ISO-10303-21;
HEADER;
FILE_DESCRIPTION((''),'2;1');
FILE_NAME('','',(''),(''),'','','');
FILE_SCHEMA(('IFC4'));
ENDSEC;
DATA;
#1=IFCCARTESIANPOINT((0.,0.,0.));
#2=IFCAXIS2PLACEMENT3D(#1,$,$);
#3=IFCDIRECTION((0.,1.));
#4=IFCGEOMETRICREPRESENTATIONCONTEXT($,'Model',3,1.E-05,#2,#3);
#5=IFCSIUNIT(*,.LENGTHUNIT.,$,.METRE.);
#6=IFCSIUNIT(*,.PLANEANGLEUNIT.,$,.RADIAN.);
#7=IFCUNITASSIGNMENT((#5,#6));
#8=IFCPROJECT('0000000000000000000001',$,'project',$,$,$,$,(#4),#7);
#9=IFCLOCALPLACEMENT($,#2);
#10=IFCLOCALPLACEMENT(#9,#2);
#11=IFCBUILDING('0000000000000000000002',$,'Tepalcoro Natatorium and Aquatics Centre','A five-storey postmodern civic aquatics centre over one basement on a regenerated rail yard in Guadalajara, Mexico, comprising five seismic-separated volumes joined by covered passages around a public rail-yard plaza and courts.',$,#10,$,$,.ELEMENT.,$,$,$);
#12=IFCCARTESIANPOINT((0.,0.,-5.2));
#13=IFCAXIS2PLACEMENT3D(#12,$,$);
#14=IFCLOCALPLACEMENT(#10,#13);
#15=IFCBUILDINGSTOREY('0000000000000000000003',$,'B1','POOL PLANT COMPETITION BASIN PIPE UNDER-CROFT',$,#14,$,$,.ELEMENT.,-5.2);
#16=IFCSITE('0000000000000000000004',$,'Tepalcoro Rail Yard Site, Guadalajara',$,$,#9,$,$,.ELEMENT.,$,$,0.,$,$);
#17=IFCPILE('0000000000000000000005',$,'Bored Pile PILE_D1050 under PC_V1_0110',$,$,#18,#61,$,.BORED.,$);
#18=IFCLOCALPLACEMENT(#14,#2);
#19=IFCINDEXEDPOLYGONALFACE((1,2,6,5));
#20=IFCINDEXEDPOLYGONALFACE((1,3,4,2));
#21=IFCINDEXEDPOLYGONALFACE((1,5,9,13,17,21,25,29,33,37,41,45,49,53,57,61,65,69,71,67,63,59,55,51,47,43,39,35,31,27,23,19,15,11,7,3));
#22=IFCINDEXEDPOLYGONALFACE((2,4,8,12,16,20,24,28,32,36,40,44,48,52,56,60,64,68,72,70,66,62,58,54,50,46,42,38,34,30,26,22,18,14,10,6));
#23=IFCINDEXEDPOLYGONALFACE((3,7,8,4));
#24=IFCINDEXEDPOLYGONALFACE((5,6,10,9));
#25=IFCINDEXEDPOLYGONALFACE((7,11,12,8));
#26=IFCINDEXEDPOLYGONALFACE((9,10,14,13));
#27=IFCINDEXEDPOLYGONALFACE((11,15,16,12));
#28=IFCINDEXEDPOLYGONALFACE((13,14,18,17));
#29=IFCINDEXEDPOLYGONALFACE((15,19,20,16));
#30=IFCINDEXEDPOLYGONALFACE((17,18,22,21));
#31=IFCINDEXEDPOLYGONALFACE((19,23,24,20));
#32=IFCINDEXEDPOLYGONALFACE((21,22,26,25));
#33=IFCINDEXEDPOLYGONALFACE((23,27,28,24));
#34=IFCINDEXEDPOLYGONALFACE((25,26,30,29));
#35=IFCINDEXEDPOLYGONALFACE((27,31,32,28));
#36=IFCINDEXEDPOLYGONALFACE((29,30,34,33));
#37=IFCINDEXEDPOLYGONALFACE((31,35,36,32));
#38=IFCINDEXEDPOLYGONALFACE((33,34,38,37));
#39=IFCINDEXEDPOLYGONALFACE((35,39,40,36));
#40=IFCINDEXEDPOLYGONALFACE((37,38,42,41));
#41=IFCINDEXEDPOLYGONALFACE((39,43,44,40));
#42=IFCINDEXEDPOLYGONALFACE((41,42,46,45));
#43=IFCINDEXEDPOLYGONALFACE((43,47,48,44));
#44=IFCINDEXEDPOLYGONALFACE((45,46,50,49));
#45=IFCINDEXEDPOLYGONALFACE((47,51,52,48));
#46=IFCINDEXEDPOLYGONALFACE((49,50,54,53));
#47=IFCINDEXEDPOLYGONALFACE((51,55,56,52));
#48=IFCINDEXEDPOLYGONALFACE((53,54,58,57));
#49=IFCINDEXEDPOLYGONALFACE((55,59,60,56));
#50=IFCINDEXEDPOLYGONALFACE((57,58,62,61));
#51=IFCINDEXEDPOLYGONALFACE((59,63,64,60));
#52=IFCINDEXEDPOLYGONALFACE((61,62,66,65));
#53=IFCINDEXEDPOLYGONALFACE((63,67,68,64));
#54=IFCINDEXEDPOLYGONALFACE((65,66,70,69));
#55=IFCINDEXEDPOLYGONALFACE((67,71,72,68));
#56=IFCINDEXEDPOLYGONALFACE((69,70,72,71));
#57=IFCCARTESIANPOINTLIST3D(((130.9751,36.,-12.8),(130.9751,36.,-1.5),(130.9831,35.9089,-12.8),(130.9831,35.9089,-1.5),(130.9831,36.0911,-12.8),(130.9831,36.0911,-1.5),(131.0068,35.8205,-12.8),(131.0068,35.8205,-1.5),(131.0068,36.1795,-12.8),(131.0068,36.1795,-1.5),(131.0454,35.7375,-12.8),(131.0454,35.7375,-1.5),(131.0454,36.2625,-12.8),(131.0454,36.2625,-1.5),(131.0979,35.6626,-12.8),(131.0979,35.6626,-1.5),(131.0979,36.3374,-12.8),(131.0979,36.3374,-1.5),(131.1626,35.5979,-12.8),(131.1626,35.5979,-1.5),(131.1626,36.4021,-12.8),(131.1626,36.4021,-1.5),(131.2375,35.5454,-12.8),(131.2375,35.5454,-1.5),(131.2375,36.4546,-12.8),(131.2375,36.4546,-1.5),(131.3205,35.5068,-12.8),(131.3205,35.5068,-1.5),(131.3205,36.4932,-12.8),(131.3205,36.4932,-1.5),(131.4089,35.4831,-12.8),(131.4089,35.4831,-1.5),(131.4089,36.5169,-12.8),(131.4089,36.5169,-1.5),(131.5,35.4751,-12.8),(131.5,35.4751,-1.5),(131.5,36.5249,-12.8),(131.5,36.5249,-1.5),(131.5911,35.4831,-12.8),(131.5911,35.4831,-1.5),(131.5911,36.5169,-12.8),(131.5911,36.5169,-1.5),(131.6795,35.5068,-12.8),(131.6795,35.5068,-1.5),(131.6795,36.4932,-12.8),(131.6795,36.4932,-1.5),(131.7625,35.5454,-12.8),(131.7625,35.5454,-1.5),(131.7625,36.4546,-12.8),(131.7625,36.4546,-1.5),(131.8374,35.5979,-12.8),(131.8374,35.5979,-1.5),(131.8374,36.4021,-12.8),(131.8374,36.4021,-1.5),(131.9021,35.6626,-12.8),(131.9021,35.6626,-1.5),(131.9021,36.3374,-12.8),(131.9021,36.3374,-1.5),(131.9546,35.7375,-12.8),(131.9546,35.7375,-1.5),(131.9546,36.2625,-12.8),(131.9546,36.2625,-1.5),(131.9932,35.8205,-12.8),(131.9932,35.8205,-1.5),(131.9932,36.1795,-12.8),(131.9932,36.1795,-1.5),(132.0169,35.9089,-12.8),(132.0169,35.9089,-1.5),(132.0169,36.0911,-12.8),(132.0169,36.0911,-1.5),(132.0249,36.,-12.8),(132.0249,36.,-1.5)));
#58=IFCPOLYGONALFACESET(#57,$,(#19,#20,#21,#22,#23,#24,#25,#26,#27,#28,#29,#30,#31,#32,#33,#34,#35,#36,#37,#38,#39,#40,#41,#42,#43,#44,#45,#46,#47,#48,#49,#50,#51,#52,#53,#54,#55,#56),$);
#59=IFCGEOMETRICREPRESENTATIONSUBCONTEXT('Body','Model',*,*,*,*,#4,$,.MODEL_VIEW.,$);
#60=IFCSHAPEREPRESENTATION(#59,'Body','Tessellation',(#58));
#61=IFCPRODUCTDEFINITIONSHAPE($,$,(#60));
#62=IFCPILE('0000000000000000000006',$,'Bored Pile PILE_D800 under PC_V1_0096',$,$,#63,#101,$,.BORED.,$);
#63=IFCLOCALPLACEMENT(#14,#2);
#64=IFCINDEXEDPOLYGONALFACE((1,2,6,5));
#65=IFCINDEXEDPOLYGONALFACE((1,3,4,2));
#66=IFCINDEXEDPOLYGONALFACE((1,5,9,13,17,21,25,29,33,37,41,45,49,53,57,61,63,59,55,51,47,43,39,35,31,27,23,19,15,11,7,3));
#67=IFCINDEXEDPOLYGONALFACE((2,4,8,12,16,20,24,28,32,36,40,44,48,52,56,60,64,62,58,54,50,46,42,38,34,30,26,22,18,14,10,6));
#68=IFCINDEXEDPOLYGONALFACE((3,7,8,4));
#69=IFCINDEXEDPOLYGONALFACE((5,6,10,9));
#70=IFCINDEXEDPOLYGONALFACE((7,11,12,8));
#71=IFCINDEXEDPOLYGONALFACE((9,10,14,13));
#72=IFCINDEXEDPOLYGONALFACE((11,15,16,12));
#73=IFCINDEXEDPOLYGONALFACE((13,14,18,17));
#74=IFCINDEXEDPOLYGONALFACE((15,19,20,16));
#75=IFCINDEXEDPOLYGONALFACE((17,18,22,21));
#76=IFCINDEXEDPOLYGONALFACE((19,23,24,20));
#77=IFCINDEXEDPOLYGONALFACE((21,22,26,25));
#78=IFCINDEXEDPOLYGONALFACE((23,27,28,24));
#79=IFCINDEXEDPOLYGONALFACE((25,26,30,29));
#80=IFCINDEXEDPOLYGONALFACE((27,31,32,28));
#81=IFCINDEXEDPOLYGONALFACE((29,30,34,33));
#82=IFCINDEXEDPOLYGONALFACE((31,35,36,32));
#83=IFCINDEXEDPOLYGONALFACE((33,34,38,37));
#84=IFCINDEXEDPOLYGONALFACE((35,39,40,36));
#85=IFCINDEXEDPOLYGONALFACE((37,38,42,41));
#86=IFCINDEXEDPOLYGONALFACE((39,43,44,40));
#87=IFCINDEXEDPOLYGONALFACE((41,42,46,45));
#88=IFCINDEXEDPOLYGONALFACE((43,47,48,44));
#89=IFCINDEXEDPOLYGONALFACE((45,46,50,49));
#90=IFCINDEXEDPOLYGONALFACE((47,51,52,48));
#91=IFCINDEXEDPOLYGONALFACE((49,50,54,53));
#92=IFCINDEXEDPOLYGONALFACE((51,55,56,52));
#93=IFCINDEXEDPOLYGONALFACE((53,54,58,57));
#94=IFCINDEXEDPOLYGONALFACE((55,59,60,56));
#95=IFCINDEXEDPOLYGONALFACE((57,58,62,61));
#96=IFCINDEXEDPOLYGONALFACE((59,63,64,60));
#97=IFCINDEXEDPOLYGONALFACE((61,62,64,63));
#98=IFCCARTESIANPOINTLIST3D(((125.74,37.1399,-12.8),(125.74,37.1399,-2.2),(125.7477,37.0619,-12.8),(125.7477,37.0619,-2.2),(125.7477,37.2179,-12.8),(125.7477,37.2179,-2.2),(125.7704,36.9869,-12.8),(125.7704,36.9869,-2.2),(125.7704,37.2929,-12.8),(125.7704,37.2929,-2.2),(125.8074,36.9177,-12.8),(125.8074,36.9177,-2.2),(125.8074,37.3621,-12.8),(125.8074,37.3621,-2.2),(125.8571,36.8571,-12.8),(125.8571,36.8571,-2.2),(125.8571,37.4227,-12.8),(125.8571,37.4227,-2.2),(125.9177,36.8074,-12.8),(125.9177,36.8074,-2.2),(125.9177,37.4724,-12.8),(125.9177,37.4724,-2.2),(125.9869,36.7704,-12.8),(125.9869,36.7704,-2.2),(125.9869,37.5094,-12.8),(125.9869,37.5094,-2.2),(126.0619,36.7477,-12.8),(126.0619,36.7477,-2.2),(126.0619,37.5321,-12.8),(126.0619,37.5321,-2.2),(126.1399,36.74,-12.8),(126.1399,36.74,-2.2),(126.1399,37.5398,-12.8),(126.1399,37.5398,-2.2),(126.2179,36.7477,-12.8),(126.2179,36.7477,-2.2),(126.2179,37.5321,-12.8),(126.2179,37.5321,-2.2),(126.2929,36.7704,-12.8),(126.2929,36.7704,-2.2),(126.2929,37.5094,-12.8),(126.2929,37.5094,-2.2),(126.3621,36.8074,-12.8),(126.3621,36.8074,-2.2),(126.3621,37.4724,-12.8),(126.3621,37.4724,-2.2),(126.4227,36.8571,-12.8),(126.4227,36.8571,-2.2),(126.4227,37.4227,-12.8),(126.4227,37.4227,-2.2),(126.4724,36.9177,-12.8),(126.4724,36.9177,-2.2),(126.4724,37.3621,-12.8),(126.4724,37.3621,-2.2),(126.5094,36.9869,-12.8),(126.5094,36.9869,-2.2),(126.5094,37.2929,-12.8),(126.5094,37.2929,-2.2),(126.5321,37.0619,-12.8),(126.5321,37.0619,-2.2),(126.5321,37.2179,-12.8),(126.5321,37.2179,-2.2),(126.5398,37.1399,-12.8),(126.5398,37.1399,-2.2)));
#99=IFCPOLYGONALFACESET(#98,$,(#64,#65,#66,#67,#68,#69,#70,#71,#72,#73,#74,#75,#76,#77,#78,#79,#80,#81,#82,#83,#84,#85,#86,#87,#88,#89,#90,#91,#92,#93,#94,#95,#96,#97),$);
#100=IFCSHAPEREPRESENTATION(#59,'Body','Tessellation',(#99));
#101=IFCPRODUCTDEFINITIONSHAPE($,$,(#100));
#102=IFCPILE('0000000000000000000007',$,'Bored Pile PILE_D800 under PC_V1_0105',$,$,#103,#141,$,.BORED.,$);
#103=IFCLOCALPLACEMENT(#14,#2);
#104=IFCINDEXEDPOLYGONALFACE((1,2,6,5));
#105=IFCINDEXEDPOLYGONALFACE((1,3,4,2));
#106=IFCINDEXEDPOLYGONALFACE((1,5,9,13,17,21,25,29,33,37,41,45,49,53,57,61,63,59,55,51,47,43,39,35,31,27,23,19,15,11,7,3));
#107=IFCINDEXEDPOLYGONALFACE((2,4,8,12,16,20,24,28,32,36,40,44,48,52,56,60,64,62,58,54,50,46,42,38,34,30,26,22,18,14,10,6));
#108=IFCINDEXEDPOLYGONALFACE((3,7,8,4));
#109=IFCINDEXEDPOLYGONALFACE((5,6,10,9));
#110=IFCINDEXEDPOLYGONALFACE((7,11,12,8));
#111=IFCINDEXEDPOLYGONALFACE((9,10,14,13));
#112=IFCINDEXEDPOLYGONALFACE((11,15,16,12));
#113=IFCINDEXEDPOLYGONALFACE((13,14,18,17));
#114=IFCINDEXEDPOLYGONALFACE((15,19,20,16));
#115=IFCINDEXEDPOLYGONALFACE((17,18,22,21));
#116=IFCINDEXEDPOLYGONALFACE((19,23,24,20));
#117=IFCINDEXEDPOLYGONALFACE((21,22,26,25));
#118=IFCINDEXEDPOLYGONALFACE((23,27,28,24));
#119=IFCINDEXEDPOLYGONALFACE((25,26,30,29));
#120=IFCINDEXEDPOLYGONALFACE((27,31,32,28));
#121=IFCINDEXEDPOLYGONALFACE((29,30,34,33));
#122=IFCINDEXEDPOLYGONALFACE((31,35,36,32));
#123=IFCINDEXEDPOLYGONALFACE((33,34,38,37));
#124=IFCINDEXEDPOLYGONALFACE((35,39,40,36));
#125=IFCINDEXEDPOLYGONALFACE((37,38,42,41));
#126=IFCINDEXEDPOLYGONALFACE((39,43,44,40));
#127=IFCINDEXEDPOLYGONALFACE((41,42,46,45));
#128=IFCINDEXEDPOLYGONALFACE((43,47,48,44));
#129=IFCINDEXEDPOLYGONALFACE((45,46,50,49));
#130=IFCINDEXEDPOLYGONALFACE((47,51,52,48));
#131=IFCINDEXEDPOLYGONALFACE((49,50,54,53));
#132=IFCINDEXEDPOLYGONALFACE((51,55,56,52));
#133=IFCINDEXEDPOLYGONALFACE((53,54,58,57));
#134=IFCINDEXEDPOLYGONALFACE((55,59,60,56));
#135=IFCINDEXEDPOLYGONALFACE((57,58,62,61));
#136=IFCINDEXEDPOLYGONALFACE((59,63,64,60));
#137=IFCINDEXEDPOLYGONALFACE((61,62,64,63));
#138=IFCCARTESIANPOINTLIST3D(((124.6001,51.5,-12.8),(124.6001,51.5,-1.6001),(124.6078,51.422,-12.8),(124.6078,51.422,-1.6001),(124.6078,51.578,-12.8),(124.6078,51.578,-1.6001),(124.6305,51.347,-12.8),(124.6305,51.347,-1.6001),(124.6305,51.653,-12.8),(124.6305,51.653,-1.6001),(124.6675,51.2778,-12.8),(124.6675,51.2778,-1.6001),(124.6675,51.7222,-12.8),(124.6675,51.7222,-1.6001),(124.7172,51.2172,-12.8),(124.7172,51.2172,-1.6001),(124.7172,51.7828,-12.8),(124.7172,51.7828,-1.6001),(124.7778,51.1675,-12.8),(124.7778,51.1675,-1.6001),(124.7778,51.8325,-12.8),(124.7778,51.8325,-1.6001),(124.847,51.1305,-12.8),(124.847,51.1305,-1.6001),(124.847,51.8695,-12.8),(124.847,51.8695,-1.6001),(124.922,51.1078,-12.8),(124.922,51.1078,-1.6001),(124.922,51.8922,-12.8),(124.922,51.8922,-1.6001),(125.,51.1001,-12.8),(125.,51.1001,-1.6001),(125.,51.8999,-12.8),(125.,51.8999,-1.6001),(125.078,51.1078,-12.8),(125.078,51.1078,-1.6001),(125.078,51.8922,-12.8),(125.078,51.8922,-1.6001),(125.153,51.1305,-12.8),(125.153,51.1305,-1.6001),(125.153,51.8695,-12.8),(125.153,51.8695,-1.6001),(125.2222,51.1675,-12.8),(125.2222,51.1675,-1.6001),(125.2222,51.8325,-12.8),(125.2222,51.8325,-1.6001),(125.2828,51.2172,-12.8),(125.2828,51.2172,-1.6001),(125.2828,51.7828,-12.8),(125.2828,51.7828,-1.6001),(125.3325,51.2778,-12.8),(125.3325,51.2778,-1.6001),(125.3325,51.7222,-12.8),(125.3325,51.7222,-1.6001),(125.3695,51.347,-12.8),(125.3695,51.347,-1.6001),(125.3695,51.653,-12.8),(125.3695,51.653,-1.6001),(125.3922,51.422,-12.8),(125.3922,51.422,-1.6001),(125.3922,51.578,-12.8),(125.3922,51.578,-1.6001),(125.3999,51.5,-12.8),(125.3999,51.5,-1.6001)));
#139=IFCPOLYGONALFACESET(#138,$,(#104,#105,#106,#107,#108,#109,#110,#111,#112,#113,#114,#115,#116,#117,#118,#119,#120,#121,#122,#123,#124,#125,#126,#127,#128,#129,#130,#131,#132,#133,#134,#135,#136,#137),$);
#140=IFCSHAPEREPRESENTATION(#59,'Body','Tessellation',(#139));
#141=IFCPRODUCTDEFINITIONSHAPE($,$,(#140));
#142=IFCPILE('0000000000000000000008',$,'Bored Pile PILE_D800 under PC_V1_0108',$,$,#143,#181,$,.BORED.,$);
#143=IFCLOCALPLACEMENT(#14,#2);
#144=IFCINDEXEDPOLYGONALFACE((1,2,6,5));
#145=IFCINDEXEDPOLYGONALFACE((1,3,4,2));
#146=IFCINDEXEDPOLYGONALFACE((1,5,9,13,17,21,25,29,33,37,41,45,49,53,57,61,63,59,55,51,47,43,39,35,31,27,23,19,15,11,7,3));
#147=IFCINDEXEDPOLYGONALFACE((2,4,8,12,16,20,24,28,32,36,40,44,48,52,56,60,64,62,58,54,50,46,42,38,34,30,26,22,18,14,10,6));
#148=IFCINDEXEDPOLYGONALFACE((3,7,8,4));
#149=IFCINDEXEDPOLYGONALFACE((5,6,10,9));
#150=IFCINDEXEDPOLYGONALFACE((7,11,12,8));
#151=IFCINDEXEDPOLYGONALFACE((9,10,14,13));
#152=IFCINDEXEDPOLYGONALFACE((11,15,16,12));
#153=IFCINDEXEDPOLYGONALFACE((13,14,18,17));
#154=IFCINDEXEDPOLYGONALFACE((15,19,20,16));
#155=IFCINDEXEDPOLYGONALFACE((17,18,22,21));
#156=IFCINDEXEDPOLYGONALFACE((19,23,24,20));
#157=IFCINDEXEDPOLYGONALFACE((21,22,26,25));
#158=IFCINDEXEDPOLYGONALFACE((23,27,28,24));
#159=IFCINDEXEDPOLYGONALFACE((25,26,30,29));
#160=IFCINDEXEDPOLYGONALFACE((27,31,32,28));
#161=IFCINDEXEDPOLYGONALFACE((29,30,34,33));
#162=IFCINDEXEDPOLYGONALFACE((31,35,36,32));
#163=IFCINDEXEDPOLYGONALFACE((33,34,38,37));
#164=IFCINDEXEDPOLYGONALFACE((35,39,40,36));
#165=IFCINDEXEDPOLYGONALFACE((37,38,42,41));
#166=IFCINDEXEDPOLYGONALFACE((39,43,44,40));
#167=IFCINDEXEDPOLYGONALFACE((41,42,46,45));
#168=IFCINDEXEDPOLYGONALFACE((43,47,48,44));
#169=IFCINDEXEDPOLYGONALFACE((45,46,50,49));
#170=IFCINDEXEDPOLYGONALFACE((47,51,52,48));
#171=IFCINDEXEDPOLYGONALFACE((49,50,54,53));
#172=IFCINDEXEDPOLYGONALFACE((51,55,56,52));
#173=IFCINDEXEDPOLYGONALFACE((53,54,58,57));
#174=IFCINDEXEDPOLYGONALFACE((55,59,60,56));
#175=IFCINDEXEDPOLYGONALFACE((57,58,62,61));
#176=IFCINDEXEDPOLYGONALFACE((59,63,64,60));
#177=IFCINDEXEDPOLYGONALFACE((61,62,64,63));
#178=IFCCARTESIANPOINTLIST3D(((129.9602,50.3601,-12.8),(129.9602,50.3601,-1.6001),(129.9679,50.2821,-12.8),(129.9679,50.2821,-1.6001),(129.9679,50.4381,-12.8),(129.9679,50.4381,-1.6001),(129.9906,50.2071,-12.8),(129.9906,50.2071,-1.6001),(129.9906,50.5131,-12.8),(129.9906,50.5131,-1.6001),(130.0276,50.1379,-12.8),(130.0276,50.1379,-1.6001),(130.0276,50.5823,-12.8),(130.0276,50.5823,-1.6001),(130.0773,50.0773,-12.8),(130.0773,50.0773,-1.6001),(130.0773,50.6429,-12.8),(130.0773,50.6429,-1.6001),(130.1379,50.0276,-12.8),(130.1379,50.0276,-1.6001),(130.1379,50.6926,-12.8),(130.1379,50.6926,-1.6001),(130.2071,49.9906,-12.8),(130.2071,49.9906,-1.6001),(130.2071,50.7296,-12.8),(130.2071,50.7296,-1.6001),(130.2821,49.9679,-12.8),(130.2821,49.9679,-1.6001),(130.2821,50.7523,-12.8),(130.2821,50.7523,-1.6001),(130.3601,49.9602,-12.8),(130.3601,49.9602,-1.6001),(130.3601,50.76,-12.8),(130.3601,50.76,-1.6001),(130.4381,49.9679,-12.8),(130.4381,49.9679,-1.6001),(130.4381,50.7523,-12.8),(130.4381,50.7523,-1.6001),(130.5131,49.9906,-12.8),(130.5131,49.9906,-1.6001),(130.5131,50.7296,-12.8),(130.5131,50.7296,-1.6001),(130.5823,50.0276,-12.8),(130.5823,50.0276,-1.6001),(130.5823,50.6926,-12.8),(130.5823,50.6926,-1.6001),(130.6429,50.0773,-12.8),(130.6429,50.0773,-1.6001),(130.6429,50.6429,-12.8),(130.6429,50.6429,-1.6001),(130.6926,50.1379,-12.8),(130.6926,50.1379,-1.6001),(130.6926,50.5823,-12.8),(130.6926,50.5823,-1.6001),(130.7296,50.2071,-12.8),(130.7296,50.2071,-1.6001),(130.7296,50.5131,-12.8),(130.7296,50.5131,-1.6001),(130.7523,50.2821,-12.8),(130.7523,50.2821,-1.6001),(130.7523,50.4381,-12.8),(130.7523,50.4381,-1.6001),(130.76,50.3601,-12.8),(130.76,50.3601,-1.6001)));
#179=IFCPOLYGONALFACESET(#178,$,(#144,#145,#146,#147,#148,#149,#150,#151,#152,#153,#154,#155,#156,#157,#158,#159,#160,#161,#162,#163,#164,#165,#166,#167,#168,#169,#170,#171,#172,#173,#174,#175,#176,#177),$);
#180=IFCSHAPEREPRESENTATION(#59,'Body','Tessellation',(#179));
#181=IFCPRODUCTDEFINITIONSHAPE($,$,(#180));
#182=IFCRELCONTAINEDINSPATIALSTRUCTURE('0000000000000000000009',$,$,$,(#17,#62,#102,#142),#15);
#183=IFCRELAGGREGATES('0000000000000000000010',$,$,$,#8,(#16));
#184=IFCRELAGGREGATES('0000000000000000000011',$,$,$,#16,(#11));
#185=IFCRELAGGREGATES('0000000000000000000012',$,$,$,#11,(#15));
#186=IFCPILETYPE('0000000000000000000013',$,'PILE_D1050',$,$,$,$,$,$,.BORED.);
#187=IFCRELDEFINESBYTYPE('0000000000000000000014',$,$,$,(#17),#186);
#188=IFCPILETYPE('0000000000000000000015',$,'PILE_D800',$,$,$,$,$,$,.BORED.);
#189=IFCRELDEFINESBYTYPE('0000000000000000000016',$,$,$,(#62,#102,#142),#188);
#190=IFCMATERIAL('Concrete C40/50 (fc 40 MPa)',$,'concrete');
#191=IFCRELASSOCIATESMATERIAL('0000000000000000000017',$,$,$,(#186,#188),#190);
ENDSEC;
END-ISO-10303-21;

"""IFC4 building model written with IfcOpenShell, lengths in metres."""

from ifc_helpers import new_model, si_unit, direction, frame, origin, origin_2d, place, context, subcontext, project, spatial, circle, extrude, material, material_profile, profile_set, type_object, element, save


model = new_model("IFC4")

# Units and contexts
model_context = context("Model", 3, precision=1e-05, world=origin(), true_north=direction((0.0, 1.0)))
body_context = subcontext(model_context, "Body", "Model", "MODEL_VIEW")
ifc_project = project(units=[si_unit("LENGTHUNIT", "METRE"), si_unit("PLANEANGLEUNIT", "RADIAN")], contexts=[model_context])

# Site, building, storey
site_placement = place(None, origin())
site = spatial("IfcSite", under=ifc_project, at=site_placement, Name="Tepalcoro Rail Yard Site, Guadalajara", CompositionType="ELEMENT", RefElevation=0.0)
building_placement = place(site_placement, origin())
building = spatial("IfcBuilding", under=site, at=building_placement, Name="Tepalcoro Natatorium and Aquatics Centre", Description="A five-storey postmodern civic aquatics centre over one basement on a regenerated rail yard in Guadalajara, Mexico, comprising five seismic-separated volumes joined by covered passages around a public rail-yard plaza and courts.", CompositionType="ELEMENT")
storey_placement = place(building_placement, frame((0.0, 0.0, -5.2)))
storey = spatial("IfcBuildingStorey", under=building, at=storey_placement, Name="B1", Description="POOL PLANT COMPETITION BASIN PIPE UNDER-CROFT", CompositionType="ELEMENT", Elevation=-5.2)

# Piles
ifc_material = material(Name="Concrete C40/50 (fc 40 MPa)", Category="concrete")
ifc_material_profile_1 = material_profile(ifc_material, circle(Radius=0.5249, at=origin_2d()), Name="PILE_D1050")
ifc_profile_set_1 = profile_set([ifc_material_profile_1], Name="Concrete C40/50 (fc 40 MPa)")
pile_type_1 = type_object("IfcPileType", Name="PILE_D1050", PredefinedType="BORED", material=ifc_profile_set_1)
pile_1_placement = place(storey_placement, frame((131.5, 36.0, -1.5), z_axis=(0.0, 0.0, -1.0), x_axis=(1.0, 0.0, 0.0)))
element("IfcPile", 1, at=pile_1_placement, inside=storey, type_object=pile_type_1, Name="Bored Pile PILE_D1050 under PC_V1_0110", PredefinedType="BORED", context=body_context, shape_type="SweptSolid", body=[
    extrude(circle(Radius=0.5249, at=origin_2d()), origin(), (0.0, 0.0, 1.0), 11.3),
])
ifc_material_profile_2 = material_profile(ifc_material, circle(Radius=0.3999, at=origin_2d()), Name="PILE_D800")
ifc_profile_set_2 = profile_set([ifc_material_profile_2], Name="Concrete C40/50 (fc 40 MPa)")
pile_type_2 = type_object("IfcPileType", Name="PILE_D800", PredefinedType="BORED", material=ifc_profile_set_2)
pile_2_placement = place(storey_placement, frame((126.1399, 37.1399, -2.2), z_axis=(0.0, 0.0, -1.0), x_axis=(1.0, 0.0, 0.0)))
element("IfcPile", 2, at=pile_2_placement, inside=storey, type_object=pile_type_2, Name="Bored Pile PILE_D800 under PC_V1_0096", PredefinedType="BORED", context=body_context, shape_type="SweptSolid", body=[
    extrude(circle(Radius=0.3999, at=origin_2d()), origin(), (0.0, 0.0, 1.0), 10.6001),
])
for number, where, z_axis, x_axis, name in (
    (3, (125.0, 51.5, -1.6001), (0.0, 0.0, -1.0), (1.0, 0.0, 0.0), "Bored Pile PILE_D800 under PC_V1_0105"),
    (4, (130.3601, 50.3601, -1.6001), (0.0, 0.0, -1.0), (1.0, 0.0, 0.0), "Bored Pile PILE_D800 under PC_V1_0108"),
):
    element("IfcPile", number, at=place(storey_placement, frame(where, z_axis=z_axis, x_axis=x_axis)), inside=storey, type_object=pile_type_2, Name=name, PredefinedType="BORED", context=body_context, shape_type="SweptSolid", body=[
        extrude(circle(Radius=0.3999, at=origin_2d()), origin(), (0.0, 0.0, 1.0), 11.2),
    ])

save(model, "model.ifc")
